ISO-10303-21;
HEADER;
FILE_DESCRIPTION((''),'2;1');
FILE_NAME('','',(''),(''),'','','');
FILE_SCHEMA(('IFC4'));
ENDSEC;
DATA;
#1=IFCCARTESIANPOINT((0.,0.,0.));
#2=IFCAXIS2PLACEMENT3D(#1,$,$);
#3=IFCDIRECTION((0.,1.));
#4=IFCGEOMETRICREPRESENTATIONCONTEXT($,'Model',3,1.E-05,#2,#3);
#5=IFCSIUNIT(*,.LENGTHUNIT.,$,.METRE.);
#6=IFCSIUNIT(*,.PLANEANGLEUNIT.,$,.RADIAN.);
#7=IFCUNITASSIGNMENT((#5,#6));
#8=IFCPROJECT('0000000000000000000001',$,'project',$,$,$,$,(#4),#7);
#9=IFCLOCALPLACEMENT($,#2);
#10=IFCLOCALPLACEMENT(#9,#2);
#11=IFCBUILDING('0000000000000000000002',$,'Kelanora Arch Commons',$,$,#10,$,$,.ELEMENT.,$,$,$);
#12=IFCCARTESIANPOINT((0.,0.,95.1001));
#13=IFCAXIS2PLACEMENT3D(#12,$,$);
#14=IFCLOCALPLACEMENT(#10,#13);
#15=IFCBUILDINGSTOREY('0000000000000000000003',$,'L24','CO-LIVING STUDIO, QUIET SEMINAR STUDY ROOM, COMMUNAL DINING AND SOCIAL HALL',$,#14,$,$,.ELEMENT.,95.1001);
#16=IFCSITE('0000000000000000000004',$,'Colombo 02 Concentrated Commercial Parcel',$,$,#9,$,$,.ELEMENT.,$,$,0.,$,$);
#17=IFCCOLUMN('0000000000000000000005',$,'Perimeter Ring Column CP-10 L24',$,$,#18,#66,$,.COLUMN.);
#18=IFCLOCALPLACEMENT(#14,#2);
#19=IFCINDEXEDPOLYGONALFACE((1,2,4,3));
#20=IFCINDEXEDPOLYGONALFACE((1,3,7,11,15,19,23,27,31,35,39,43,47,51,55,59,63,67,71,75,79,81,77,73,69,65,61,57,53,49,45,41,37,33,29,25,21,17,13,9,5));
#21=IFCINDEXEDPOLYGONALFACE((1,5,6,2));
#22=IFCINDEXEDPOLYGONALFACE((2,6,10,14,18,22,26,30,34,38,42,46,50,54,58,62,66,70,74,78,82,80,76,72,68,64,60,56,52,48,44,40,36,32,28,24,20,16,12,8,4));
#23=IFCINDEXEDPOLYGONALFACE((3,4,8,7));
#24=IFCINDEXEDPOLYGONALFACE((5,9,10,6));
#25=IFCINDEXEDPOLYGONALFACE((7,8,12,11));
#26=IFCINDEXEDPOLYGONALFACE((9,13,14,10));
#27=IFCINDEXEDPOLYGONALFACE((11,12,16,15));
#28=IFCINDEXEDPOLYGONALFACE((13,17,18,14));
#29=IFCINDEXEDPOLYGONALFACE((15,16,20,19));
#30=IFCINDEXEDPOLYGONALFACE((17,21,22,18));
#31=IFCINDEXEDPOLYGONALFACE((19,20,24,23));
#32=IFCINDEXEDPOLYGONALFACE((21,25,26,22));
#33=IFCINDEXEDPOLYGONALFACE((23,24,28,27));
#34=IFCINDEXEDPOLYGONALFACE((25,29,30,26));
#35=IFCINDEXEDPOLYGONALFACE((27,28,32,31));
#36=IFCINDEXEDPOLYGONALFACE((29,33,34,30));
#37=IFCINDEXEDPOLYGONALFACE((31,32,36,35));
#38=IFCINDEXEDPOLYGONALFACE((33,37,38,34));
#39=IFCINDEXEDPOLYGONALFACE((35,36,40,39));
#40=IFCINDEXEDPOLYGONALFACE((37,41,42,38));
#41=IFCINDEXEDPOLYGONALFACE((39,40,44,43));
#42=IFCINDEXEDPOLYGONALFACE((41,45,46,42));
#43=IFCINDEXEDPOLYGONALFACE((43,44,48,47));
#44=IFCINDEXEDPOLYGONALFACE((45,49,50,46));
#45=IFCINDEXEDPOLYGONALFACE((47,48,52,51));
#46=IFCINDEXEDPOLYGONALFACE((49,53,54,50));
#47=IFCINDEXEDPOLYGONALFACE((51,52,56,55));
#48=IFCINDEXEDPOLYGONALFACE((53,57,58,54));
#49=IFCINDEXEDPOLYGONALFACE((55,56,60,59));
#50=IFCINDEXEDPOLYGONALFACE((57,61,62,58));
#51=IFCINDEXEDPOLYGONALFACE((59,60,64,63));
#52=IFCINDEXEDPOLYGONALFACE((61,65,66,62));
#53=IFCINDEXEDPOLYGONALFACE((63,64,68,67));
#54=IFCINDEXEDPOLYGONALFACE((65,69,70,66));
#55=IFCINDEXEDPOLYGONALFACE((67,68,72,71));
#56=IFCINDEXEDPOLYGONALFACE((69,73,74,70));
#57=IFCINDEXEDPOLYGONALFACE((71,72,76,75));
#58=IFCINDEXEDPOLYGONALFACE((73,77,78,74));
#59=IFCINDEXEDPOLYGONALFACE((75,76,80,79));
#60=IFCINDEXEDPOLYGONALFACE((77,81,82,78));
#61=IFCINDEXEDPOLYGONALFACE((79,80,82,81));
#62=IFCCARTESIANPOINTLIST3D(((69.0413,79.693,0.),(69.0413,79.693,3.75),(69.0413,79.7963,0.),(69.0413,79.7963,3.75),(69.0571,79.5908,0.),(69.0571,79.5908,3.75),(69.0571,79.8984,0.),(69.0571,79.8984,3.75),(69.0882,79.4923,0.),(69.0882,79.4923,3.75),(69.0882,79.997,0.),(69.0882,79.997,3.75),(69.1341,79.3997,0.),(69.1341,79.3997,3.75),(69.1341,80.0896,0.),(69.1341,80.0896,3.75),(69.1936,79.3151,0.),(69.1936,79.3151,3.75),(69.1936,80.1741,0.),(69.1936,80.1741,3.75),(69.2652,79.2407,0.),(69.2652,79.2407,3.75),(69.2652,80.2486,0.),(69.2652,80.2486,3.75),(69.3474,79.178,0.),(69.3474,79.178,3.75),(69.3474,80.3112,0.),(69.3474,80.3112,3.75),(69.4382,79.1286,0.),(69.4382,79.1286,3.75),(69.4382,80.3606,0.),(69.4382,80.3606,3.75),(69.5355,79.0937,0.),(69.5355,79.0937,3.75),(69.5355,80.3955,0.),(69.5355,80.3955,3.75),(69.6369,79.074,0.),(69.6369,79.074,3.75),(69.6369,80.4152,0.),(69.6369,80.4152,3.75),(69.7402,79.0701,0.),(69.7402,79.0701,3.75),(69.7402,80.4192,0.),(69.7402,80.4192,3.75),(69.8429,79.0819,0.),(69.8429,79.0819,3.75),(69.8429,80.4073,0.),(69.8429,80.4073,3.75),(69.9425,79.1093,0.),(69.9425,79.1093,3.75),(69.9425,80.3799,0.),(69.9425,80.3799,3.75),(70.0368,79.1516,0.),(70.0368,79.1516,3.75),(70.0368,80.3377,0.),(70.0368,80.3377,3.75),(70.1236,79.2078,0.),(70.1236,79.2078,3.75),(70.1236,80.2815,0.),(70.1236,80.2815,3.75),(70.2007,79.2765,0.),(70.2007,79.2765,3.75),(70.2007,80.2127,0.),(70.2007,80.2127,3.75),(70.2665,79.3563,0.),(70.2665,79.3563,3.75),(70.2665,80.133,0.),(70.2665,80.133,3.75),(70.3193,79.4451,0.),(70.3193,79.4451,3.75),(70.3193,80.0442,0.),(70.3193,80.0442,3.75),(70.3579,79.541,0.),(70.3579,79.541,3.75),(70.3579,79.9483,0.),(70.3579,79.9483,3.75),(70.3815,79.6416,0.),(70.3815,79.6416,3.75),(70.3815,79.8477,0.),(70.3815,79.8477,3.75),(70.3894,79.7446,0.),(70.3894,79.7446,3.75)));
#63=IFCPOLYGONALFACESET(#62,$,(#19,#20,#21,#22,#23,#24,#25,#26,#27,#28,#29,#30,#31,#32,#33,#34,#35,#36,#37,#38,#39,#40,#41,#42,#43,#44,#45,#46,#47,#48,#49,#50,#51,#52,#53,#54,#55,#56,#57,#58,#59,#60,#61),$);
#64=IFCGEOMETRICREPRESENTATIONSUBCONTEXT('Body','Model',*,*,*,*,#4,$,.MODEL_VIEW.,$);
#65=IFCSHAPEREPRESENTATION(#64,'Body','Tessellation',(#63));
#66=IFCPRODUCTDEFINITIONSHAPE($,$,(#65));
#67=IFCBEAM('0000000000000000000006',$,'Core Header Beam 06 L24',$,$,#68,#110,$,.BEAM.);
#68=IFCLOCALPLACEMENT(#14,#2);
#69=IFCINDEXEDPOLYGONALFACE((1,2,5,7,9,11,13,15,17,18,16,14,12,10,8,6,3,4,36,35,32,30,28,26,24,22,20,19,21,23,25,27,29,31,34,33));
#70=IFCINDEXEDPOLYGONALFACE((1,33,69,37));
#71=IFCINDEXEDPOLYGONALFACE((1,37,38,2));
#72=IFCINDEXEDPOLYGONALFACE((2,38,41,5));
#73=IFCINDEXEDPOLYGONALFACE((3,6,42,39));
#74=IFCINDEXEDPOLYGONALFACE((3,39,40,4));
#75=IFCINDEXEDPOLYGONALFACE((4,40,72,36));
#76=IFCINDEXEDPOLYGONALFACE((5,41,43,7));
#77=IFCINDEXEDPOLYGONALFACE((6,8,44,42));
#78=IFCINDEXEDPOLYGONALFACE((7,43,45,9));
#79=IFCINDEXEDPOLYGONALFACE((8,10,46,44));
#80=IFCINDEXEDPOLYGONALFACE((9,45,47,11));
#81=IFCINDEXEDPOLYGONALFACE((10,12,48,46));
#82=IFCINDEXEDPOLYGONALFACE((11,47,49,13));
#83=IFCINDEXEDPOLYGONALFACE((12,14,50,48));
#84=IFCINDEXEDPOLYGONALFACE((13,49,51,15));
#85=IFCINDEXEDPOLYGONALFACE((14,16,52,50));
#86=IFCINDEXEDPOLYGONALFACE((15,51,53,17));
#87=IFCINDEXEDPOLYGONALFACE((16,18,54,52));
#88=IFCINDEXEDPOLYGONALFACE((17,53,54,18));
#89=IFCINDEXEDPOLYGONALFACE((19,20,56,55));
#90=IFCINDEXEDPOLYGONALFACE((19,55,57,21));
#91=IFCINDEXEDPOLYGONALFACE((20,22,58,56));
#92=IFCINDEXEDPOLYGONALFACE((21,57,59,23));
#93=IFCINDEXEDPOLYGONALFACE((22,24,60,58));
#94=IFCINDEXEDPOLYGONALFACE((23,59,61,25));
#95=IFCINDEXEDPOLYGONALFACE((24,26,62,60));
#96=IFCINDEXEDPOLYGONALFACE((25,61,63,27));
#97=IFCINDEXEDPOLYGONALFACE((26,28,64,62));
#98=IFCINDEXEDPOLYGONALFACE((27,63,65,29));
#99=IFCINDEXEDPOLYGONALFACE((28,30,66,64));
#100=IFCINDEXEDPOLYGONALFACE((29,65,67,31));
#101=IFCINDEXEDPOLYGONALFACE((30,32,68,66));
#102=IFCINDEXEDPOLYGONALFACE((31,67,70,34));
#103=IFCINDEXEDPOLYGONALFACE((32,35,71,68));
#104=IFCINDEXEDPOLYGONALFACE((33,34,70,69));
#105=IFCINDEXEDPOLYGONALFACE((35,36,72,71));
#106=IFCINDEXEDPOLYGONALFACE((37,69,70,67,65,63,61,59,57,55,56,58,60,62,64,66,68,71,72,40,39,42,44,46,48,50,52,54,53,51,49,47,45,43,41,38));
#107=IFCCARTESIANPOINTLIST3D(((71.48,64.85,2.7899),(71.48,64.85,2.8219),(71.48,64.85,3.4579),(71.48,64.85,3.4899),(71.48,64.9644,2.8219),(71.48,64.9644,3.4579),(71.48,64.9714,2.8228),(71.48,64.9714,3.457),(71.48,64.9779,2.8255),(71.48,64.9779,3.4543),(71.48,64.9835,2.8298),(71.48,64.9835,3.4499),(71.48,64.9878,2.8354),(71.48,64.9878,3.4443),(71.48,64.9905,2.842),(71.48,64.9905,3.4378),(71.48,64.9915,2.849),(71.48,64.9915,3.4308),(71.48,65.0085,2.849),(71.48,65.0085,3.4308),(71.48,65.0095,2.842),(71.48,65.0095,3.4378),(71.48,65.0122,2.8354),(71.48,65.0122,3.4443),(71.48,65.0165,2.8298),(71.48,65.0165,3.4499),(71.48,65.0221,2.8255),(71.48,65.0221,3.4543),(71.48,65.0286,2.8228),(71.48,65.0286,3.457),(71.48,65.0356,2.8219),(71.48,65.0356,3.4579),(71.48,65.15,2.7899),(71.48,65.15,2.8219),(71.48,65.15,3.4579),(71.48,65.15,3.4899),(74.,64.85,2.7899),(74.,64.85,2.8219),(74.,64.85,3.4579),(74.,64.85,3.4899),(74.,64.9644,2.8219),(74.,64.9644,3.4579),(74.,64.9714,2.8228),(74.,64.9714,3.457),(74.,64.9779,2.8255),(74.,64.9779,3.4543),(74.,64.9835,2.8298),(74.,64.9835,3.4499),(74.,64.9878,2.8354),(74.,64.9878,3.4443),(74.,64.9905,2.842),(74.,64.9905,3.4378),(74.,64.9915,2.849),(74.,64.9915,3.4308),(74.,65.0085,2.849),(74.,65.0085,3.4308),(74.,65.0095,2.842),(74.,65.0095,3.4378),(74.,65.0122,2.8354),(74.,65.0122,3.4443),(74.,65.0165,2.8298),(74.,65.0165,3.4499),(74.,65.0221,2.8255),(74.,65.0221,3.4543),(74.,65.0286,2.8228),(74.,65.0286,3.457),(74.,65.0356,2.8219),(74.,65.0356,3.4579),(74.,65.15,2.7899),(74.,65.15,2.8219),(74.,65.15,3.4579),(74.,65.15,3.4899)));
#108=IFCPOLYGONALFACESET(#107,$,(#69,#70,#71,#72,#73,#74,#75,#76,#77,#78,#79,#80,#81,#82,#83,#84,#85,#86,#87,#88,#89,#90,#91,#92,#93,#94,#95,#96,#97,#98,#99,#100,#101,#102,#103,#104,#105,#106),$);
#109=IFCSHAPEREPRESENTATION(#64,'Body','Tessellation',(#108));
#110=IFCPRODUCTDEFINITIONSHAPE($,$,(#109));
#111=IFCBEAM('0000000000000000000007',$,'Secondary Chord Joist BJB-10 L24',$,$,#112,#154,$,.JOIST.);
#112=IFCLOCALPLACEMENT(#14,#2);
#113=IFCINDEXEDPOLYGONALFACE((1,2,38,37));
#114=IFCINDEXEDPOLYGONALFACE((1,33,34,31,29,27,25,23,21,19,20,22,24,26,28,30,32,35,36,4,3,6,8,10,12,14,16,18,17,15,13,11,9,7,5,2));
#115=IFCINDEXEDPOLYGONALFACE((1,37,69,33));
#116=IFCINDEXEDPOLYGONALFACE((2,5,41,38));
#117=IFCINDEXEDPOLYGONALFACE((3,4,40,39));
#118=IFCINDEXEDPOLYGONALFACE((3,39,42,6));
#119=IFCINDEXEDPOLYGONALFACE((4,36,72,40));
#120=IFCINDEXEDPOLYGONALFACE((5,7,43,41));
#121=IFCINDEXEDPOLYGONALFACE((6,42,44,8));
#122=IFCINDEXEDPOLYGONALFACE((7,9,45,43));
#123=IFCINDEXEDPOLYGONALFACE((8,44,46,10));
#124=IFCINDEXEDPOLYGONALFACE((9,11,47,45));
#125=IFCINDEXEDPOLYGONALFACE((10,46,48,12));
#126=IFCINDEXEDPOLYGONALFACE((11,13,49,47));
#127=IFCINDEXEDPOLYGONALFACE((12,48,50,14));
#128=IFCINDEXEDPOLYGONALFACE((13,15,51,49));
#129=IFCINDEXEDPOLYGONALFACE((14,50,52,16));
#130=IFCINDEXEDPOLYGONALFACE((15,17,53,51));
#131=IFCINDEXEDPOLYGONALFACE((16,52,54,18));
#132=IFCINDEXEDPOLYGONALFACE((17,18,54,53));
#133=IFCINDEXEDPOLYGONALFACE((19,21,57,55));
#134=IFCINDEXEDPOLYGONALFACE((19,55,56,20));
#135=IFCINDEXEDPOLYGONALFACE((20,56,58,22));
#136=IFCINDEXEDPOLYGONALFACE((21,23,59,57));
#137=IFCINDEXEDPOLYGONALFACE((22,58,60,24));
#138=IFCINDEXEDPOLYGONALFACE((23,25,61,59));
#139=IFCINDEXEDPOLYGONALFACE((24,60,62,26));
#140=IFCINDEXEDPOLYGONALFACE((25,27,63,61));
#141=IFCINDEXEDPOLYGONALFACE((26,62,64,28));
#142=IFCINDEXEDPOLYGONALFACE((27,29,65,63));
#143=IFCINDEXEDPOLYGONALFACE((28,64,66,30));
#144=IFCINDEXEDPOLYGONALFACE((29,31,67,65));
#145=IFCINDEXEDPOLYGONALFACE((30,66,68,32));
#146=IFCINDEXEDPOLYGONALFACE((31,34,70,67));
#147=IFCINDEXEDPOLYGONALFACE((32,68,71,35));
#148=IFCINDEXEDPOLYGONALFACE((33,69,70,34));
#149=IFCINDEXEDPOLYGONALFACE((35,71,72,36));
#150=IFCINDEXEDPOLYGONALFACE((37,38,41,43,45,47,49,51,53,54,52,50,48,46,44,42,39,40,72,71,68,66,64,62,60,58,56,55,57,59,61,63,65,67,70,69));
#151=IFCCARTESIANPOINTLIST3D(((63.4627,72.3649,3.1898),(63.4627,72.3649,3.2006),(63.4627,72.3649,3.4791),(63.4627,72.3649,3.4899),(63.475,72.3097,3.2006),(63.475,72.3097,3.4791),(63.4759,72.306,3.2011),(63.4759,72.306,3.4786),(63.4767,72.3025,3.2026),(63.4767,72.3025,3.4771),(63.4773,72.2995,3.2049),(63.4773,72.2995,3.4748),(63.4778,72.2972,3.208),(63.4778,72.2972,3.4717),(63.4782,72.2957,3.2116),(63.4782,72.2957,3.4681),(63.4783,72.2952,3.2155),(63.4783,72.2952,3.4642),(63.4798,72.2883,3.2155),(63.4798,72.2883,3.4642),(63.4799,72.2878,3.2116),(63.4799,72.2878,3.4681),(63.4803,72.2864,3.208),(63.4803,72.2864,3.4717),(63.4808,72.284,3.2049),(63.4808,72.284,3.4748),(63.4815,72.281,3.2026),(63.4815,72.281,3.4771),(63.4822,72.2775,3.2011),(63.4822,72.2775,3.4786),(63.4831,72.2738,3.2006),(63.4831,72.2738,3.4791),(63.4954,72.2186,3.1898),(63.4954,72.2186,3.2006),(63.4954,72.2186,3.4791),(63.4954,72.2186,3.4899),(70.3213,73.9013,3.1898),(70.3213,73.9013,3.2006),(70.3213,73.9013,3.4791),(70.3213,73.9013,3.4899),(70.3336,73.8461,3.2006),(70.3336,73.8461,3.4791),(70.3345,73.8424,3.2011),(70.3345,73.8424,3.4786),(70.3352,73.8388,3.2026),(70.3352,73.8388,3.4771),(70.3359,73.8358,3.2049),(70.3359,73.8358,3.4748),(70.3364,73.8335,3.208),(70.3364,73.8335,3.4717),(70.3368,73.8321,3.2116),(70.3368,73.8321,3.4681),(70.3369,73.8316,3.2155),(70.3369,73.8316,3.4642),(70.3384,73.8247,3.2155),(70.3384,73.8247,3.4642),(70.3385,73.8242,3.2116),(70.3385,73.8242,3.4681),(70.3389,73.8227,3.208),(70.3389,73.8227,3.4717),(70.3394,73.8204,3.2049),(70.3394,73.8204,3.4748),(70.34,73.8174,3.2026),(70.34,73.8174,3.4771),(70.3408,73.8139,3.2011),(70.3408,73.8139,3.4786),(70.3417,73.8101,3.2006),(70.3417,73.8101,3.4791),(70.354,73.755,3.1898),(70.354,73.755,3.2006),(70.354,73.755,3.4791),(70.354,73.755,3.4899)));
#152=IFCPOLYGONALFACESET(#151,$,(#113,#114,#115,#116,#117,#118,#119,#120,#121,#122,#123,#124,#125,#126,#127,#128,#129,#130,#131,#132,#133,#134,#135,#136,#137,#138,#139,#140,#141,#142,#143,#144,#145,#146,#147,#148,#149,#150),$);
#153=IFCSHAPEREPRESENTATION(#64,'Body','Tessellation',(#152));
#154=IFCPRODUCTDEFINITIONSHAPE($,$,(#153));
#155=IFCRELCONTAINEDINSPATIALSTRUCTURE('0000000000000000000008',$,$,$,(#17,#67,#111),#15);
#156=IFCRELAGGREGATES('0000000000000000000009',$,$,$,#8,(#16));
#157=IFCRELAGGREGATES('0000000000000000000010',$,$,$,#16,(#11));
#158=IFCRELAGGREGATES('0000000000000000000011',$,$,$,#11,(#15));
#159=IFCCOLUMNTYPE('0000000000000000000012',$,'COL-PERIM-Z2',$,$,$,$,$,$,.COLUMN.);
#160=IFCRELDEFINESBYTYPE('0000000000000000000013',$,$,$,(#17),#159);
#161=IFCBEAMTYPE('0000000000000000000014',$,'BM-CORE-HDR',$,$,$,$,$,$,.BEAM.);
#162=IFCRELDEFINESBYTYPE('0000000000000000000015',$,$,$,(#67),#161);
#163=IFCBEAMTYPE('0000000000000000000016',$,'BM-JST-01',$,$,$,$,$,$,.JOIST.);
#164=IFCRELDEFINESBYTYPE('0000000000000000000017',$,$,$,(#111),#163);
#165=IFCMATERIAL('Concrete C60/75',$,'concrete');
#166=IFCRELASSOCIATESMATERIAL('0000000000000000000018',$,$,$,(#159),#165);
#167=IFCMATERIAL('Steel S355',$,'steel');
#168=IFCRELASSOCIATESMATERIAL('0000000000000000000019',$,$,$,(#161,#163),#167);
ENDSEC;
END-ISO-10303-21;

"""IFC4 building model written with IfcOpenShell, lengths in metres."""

from ifc_helpers import new_model, si_unit, direction, frame, origin, origin_2d, place, context, subcontext, project, spatial, circle, i_section, extrude, material, material_profile, profile_set, type_object, element, save


model = new_model("IFC4")

# Units and contexts
model_context = context("Model", 3, precision=1e-05, world=origin(), true_north=direction((0.0, 1.0)))
body_context = subcontext(model_context, "Body", "Model", "MODEL_VIEW")
ifc_project = project(units=[si_unit("LENGTHUNIT", "METRE"), si_unit("PLANEANGLEUNIT", "RADIAN")], contexts=[model_context])

# Site, building, storey
site_placement = place(None, origin())
site = spatial("IfcSite", under=ifc_project, at=site_placement, Name="Colombo 02 Concentrated Commercial Parcel", CompositionType="ELEMENT", RefElevation=0.0)
building_placement = place(site_placement, origin())
building = spatial("IfcBuilding", under=site, at=building_placement, Name="Kelanora Arch Commons", CompositionType="ELEMENT")
storey_placement = place(building_placement, frame((0.0, 0.0, 95.1001)))
storey = spatial("IfcBuildingStorey", under=building, at=storey_placement, Name="L24", Description="CO-LIVING STUDIO, QUIET SEMINAR STUDY ROOM, COMMUNAL DINING AND SOCIAL HALL", CompositionType="ELEMENT", Elevation=95.1001)

# Column
ifc_material_1 = material(Name="Concrete C60/75", Category="concrete")
ifc_material_profile_1 = material_profile(ifc_material_1, circle(Radius=0.675, at=origin_2d()), Name="RCC1350")
ifc_profile_set_1 = profile_set([ifc_material_profile_1], Name="Concrete C60/75")
column_type = type_object("IfcColumnType", Name="COL-PERIM-Z2", PredefinedType="COLUMN", material=ifc_profile_set_1)
column_placement = place(storey_placement, frame((69.7144, 79.7446, 0.0), z_axis=(0.0, 0.0, 1.0), x_axis=(1.0, 0.0, 0.0)))
element("IfcColumn", 1, at=column_placement, inside=storey, type_object=column_type, Name="Perimeter Ring Column CP-10 L24", PredefinedType="COLUMN", context=body_context, shape_type="SweptSolid", body=[
    extrude(circle(Radius=0.675, at=origin_2d()), origin(), (0.0, 0.0, 1.0), 3.75),
])

# Beams
ifc_material_2 = material(Name="Steel S355", Category="steel")
ifc_material_profile_2 = material_profile(ifc_material_2, i_section(OverallWidth=0.3, OverallDepth=0.7, WebThickness=0.0171, FlangeThickness=0.032, FilletRadius=0.0271, at=origin_2d()), Name="HEB700")
ifc_profile_set_2 = profile_set([ifc_material_profile_2], Name="Steel S355")
beam_type_1 = type_object("IfcBeamType", Name="BM-CORE-HDR", PredefinedType="BEAM", material=ifc_profile_set_2)
beam_1_placement = place(storey_placement, frame((74.0, 65.0, 3.1399), z_axis=(-1.0, 0.0, 0.0), x_axis=(0.0, -1.0, 0.0)))
element("IfcBeam", 2, at=beam_1_placement, inside=storey, type_object=beam_type_1, Name="Core Header Beam 06 L24", PredefinedType="BEAM", context=body_context, shape_type="SweptSolid", body=[
    extrude(i_section(OverallWidth=0.3, OverallDepth=0.7, WebThickness=0.0171, FlangeThickness=0.032, FilletRadius=0.0271, at=origin_2d()), origin(), (0.0, 0.0, 1.0), 2.52),
])
ifc_material_profile_3 = material_profile(ifc_material_2, i_section(OverallWidth=0.1499, OverallDepth=0.3, WebThickness=0.0071, FlangeThickness=0.0107, FilletRadius=0.0149, at=origin_2d()), Name="IPE300")
ifc_profile_set_3 = profile_set([ifc_material_profile_3], Name="Steel S355")
beam_type_2 = type_object("IfcBeamType", Name="BM-JST-01", PredefinedType="JOIST", material=ifc_profile_set_3)
beam_2_placement = place(storey_placement, frame((70.3376, 73.8281, 3.3398), z_axis=(-0.975817, -0.218589, 0.0), x_axis=(0.218589, -0.975817, 0.0)))
element("IfcBeam", 3, at=beam_2_placement, inside=storey, type_object=beam_type_2, Name="Secondary Chord Joist BJB-10 L24", PredefinedType="JOIST", context=body_context, shape_type="SweptSolid", body=[
    extrude(i_section(OverallWidth=0.1499, OverallDepth=0.3, WebThickness=0.0071, FlangeThickness=0.0107, FilletRadius=0.0149, at=origin_2d()), origin(), (0.0, 0.0, 1.0), 7.0286),
])

save(model, "model.ifc")
